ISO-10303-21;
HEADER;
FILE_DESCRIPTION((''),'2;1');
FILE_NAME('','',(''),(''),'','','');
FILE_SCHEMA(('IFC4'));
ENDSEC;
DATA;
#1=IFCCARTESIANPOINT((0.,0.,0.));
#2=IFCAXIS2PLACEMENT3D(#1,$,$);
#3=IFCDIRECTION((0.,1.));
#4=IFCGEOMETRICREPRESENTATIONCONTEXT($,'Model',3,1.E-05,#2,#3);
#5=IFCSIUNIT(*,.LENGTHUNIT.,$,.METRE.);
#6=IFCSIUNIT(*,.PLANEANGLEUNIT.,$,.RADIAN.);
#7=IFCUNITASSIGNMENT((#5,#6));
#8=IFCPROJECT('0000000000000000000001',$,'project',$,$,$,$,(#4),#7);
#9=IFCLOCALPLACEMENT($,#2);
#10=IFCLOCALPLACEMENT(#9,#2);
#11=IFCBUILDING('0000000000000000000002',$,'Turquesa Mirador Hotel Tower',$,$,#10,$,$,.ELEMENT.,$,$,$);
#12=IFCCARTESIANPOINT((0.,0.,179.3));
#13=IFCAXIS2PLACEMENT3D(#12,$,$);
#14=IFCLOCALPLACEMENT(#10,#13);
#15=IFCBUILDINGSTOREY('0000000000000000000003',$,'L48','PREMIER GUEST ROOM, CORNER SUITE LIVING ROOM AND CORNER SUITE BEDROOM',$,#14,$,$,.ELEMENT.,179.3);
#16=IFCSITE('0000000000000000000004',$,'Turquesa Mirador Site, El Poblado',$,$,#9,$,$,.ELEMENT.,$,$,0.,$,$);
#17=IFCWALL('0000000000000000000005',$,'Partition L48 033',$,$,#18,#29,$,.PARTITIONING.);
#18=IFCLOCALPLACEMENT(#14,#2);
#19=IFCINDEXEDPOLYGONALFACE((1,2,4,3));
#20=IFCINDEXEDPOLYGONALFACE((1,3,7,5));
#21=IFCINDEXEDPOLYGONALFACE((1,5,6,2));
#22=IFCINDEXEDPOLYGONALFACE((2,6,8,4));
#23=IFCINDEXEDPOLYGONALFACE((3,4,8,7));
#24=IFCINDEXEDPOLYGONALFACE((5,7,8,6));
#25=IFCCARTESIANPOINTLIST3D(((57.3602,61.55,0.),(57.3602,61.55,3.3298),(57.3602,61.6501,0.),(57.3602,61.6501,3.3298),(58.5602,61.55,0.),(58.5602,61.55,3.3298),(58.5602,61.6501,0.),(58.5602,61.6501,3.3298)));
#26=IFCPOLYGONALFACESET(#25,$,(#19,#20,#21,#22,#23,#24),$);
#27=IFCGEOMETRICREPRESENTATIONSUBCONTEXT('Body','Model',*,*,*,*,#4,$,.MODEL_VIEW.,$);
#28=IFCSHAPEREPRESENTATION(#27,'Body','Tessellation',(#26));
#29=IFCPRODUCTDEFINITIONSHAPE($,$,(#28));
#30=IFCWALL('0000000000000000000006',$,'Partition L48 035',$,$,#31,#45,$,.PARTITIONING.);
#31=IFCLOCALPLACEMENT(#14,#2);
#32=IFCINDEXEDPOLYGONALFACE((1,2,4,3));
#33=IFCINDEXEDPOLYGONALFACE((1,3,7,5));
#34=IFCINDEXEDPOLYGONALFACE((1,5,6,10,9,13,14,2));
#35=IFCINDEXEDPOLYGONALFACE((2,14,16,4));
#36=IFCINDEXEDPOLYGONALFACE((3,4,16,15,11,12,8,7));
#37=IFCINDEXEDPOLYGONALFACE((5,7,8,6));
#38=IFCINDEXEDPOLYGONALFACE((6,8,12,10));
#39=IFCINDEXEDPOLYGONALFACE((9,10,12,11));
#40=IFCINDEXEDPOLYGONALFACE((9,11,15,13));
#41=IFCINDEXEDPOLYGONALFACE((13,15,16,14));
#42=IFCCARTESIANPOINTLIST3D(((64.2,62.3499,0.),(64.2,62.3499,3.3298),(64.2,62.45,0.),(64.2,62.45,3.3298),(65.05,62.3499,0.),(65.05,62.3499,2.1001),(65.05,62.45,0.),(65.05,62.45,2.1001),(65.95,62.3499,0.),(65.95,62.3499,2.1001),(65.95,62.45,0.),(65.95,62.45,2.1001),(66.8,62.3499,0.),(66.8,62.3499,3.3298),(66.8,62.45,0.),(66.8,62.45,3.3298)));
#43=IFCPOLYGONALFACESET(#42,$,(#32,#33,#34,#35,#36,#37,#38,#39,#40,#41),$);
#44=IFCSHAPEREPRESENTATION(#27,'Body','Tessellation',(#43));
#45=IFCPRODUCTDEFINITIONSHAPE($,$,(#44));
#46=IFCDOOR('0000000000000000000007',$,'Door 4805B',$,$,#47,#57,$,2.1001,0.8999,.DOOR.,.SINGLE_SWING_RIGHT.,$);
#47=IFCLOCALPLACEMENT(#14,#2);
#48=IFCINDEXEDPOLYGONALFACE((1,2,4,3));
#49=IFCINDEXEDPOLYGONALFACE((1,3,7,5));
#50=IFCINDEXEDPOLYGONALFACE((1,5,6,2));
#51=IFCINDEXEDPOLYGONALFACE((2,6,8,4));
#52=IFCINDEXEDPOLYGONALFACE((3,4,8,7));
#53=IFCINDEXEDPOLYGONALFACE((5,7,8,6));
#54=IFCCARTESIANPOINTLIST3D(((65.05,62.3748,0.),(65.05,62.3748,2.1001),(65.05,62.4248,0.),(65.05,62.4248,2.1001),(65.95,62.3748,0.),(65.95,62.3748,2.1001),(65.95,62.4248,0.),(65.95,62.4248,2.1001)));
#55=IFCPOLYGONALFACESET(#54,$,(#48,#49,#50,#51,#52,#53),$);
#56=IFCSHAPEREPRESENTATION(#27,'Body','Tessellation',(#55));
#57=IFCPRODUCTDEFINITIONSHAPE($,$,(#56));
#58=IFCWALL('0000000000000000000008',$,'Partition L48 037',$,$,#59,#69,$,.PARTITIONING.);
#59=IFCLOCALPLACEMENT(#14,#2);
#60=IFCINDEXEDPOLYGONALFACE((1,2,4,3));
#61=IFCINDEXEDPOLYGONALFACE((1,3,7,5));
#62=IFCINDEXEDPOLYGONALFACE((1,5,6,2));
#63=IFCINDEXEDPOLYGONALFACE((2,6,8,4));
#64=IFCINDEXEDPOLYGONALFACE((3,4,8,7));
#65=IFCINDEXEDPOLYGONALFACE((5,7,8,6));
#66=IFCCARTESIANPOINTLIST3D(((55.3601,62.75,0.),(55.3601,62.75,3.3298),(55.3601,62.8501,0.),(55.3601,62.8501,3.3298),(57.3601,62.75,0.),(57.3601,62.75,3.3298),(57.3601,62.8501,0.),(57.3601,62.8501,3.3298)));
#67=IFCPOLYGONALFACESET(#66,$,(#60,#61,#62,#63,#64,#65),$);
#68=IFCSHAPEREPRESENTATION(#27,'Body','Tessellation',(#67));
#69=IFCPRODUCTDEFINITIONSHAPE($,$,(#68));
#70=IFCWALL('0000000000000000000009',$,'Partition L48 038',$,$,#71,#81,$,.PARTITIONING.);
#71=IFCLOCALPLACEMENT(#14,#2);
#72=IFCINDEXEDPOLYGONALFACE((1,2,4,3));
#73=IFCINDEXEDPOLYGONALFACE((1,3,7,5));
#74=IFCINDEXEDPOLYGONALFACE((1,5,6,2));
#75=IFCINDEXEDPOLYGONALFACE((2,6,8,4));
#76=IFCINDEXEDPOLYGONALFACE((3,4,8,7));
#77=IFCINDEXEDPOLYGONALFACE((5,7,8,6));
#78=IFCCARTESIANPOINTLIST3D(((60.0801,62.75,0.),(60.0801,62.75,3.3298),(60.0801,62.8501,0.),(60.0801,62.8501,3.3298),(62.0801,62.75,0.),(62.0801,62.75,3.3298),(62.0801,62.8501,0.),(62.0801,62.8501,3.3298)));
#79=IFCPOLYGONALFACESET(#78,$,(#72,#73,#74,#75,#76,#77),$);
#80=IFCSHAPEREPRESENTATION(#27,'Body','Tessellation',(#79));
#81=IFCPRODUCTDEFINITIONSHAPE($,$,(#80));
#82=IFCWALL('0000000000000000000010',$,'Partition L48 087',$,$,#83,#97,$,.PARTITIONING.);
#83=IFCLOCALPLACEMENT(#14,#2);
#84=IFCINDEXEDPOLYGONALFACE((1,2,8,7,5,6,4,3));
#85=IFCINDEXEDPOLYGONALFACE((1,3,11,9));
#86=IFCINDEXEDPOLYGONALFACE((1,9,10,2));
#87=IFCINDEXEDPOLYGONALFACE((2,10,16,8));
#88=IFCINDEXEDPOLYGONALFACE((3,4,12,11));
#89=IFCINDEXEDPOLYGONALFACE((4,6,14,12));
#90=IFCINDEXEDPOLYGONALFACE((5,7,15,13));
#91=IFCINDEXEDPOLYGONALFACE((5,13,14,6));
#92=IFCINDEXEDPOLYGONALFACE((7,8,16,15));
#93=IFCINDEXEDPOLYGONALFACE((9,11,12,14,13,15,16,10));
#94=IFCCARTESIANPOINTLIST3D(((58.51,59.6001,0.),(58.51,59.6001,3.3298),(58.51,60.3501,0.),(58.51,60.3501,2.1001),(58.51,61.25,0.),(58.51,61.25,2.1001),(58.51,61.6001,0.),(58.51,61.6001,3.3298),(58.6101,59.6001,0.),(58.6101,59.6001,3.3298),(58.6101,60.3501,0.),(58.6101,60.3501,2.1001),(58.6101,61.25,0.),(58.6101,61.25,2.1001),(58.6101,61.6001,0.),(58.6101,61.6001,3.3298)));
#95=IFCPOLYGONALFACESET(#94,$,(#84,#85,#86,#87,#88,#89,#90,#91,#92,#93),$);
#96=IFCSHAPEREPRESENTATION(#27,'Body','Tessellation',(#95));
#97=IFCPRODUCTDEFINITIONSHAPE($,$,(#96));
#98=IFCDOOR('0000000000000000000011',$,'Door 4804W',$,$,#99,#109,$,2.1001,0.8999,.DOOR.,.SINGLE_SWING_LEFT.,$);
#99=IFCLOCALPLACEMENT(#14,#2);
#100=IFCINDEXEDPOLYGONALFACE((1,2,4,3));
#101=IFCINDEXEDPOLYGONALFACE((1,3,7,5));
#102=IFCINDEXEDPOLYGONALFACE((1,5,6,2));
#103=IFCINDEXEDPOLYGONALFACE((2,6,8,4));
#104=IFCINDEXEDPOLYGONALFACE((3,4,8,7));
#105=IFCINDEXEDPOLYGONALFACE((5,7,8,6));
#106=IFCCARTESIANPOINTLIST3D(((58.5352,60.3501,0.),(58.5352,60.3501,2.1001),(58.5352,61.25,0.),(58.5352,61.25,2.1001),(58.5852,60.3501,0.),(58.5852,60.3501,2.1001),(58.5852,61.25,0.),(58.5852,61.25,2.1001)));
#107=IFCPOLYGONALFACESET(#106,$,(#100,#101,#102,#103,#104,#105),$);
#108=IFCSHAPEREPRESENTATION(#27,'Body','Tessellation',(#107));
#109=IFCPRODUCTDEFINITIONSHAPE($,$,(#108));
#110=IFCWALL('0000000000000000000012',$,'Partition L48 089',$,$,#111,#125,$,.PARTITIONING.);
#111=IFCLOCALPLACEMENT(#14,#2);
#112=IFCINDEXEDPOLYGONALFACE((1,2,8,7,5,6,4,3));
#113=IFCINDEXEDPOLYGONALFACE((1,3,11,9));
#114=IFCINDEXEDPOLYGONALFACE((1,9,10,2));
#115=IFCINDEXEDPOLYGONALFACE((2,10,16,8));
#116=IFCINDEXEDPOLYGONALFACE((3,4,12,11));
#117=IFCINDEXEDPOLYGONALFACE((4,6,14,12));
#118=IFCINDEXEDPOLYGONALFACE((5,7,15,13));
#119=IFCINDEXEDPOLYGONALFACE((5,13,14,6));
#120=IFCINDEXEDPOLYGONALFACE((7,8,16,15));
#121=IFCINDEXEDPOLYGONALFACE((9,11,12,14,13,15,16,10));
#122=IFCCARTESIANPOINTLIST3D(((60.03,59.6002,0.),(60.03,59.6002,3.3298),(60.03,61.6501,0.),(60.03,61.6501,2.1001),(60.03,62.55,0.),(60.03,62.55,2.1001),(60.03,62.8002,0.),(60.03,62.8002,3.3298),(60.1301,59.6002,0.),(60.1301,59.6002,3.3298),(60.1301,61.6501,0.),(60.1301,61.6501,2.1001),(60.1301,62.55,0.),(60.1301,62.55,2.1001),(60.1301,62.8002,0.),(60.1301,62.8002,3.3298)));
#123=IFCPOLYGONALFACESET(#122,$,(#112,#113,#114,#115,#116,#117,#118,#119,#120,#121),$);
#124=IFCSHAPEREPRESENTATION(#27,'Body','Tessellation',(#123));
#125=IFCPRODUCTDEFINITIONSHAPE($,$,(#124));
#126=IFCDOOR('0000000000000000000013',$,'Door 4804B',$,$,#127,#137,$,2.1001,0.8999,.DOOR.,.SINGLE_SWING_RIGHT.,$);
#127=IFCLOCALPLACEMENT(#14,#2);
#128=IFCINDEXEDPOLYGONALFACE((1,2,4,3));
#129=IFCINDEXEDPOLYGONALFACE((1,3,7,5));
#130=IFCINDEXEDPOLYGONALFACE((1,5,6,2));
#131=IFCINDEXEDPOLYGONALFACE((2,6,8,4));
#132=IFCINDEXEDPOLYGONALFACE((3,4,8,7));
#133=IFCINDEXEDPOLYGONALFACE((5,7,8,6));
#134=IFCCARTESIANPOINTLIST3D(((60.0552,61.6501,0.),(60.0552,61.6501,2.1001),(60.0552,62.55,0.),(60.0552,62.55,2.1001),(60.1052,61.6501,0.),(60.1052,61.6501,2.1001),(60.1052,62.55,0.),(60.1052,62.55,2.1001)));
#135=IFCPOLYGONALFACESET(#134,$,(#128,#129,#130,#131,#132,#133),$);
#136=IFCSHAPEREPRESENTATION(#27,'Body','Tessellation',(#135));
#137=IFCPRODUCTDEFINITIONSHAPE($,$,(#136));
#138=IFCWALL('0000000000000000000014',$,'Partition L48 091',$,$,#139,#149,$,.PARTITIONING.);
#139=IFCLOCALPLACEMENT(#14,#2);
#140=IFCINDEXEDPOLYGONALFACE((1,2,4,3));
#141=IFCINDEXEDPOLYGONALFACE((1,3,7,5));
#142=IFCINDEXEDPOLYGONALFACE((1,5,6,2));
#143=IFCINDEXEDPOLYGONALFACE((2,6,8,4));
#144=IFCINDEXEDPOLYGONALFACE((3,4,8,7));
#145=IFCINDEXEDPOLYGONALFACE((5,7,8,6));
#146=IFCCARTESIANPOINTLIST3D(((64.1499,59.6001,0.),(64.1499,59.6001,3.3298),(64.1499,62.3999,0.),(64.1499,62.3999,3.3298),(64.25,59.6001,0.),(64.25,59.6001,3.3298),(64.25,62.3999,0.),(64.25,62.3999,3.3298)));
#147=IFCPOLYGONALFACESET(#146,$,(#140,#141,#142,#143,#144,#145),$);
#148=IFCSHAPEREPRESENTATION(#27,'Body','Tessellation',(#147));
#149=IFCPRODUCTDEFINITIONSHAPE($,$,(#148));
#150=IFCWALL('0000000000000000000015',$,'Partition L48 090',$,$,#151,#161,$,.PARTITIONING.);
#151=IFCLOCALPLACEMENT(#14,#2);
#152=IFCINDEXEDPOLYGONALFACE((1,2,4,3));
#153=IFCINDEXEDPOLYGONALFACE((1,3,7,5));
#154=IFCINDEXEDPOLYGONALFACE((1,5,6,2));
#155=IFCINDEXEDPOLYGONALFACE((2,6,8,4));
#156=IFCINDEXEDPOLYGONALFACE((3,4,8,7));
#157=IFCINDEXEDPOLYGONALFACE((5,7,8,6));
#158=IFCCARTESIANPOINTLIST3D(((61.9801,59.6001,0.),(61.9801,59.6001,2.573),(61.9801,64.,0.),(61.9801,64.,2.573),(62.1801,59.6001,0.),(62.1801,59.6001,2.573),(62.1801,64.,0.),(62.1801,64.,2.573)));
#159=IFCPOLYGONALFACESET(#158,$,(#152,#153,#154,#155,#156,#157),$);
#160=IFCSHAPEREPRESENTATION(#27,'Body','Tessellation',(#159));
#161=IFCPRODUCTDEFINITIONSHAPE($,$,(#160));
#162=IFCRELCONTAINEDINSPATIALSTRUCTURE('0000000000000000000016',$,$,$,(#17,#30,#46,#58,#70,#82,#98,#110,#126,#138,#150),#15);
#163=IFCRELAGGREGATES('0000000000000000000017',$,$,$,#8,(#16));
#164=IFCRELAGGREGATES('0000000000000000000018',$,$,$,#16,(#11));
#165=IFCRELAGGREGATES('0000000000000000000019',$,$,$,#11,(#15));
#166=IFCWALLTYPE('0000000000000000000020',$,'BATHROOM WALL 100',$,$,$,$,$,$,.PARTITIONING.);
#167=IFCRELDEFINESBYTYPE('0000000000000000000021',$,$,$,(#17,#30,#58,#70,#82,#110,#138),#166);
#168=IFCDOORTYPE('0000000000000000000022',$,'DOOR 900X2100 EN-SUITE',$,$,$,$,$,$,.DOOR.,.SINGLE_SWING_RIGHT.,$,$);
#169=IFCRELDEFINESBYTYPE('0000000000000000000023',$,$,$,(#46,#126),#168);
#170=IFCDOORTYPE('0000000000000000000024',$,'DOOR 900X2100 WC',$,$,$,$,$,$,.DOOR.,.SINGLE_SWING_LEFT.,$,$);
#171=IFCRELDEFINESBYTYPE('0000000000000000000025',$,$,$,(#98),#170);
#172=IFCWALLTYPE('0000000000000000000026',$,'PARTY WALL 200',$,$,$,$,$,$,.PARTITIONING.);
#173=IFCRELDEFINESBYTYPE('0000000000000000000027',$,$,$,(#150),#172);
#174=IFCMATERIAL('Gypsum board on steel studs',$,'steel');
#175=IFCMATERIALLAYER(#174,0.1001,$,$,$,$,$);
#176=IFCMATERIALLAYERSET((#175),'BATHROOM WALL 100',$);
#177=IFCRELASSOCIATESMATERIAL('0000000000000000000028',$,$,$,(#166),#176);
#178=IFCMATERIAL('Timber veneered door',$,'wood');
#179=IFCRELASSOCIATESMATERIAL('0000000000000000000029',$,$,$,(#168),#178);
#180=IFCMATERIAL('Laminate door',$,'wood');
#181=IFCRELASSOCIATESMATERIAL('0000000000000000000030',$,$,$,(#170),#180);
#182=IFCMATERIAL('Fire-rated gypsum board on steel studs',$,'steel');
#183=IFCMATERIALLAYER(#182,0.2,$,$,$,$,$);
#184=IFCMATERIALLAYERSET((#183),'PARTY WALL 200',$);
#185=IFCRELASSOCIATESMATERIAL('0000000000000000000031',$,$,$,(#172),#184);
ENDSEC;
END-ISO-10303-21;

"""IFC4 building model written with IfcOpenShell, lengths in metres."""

from ifc_helpers import new_model, si_unit, direction, frame, frame_2d, origin, place, context, subcontext, project, spatial, rectangle, extrude, material, layer, layer_set, type_object, element, fill, save


model = new_model("IFC4")

# Units and contexts
model_context = context("Model", 3, precision=1e-05, world=origin(), true_north=direction((0.0, 1.0)))
body_context = subcontext(model_context, "Body", "Model", "MODEL_VIEW")
ifc_project = project(units=[si_unit("LENGTHUNIT", "METRE"), si_unit("PLANEANGLEUNIT", "RADIAN")], contexts=[model_context])

# Site, building, storey
site_placement = place(None, origin())
site = spatial("IfcSite", under=ifc_project, at=site_placement, Name="Turquesa Mirador Site, El Poblado", CompositionType="ELEMENT", RefElevation=0.0)
building_placement = place(site_placement, origin())
building = spatial("IfcBuilding", under=site, at=building_placement, Name="Turquesa Mirador Hotel Tower", CompositionType="ELEMENT")
storey_placement = place(building_placement, frame((0.0, 0.0, 179.3)))
storey = spatial("IfcBuildingStorey", under=building, at=storey_placement, Name="L48", Description="PREMIER GUEST ROOM, CORNER SUITE LIVING ROOM AND CORNER SUITE BEDROOM", CompositionType="ELEMENT", Elevation=179.3)

# Wall
ifc_material_1 = material(Name="Gypsum board on steel studs", Category="steel")
ifc_layer_1 = layer(ifc_material_1, 0.1001)
ifc_layer_set_1 = layer_set([ifc_layer_1], Name="BATHROOM WALL 100")
wall_type_1 = type_object("IfcWallType", Name="BATHROOM WALL 100", PredefinedType="PARTITIONING", material=ifc_layer_set_1)
wall_1_placement = place(storey_placement, frame((57.3601, 61.6001, 0.0), z_axis=(0.0, 0.0, 1.0), x_axis=(1.0, 0.0, 0.0)))
element("IfcWall", 1, at=wall_1_placement, inside=storey, type_object=wall_type_1, Name="Partition L48 033", PredefinedType="PARTITIONING", context=body_context, shape_type="SweptSolid", body=[
    extrude(rectangle(XDim=1.2, YDim=0.1001, at=frame_2d((0.6001, 0.0))), origin(), (0.0, 0.0, 1.0), 3.3298),
])

# Wall, opening, door
wall_2_placement = place(storey_placement, frame((64.2, 62.3999, 0.0), z_axis=(0.0, 0.0, 1.0), x_axis=(1.0, 0.0, 0.0)))
wall_2 = element("IfcWall", 2, at=wall_2_placement, inside=storey, type_object=wall_type_1, Name="Partition L48 035", PredefinedType="PARTITIONING", context=body_context, shape_type="SweptSolid", body=[
    extrude(rectangle(XDim=2.6001, YDim=0.1001, at=frame_2d((1.3, 0.0))), origin(), (0.0, 0.0, 1.0), 3.3298),
])
opening_1_placement = place(wall_2_placement, frame((0.8501, 0.0, 0.0)))
opening_1 = element("IfcOpeningElement", 3, at=opening_1_placement, cuts=wall_2, PredefinedType="OPENING", context=body_context, shape_type="SweptSolid", body=[
    extrude(rectangle(XDim=0.8999, YDim=2.1001, at=frame_2d((0.45, 1.05))), frame((0.0, 0.0601, 0.0), z_axis=(0.0, -1.0, 0.0), x_axis=(1.0, 0.0, 0.0)), (0.0, 0.0, 1.0), 0.1201),
])
ifc_material_2 = material(Name="Timber veneered door", Category="wood")
door_type_1 = type_object("IfcDoorType", Name="DOOR 900X2100 EN-SUITE", OperationType="SINGLE_SWING_RIGHT", PredefinedType="DOOR", material=ifc_material_2)
door_1_placement = place(opening_1_placement, origin())
door_1 = element("IfcDoor", 4, at=door_1_placement, inside=storey, type_object=door_type_1, Name="Door 4805B", OperationType="SINGLE_SWING_RIGHT", OverallHeight=2.1001, OverallWidth=0.8999, PredefinedType="DOOR", context=body_context, shape_type="SweptSolid", body=[
    extrude(rectangle(XDim=0.8999, YDim=2.1001, at=frame_2d((0.45, 1.05))), frame((0.0, 0.0249, 0.0), z_axis=(0.0, -1.0, 0.0), x_axis=(1.0, 0.0, 0.0)), (0.0, 0.0, 1.0), 0.05),
])
fill(opening_1, door_1)

# Walls
for number, where, z_axis, x_axis, name in (
    (5, (55.3601, 62.8, 0.0), (0.0, 0.0, 1.0), (1.0, 0.0, 0.0), "Partition L48 037"),
    (6, (60.0801, 62.8, 0.0), (0.0, 0.0, 1.0), (1.0, 0.0, 0.0), "Partition L48 038"),
):
    element("IfcWall", number, at=place(storey_placement, frame(where, z_axis=z_axis, x_axis=x_axis)), inside=storey, type_object=wall_type_1, Name=name, PredefinedType="PARTITIONING", context=body_context, shape_type="SweptSolid", body=[
        extrude(rectangle(XDim=2.0, YDim=0.1001, at=frame_2d((1.0, 0.0))), origin(), (0.0, 0.0, 1.0), 3.3298),
    ])

# Walls, openings, doors
wall_3_placement = place(storey_placement, frame((58.5601, 59.6001, 0.0), z_axis=(0.0, 0.0, 1.0), x_axis=(0.0, 1.0, 0.0)))
wall_3 = element("IfcWall", 7, at=wall_3_placement, inside=storey, type_object=wall_type_1, Name="Partition L48 087", PredefinedType="PARTITIONING", context=body_context, shape_type="SweptSolid", body=[
    extrude(rectangle(XDim=2.0, YDim=0.1001, at=frame_2d((1.0, 0.0))), origin(), (0.0, 0.0, 1.0), 3.3298),
])
opening_2_placement = place(wall_3_placement, frame((0.75, 0.0, 0.0)))
opening_2 = element("IfcOpeningElement", 8, at=opening_2_placement, cuts=wall_3, PredefinedType="OPENING", context=body_context, shape_type="SweptSolid", body=[
    extrude(rectangle(XDim=0.8999, YDim=2.1001, at=frame_2d((0.45, 1.05))), frame((0.0, 0.0601, 0.0), z_axis=(0.0, -1.0, 0.0), x_axis=(1.0, 0.0, 0.0)), (0.0, 0.0, 1.0), 0.1201),
])
ifc_material_3 = material(Name="Laminate door", Category="wood")
door_type_2 = type_object("IfcDoorType", Name="DOOR 900X2100 WC", OperationType="SINGLE_SWING_LEFT", PredefinedType="DOOR", material=ifc_material_3)
door_2_placement = place(opening_2_placement, origin())
door_2 = element("IfcDoor", 9, at=door_2_placement, inside=storey, type_object=door_type_2, Name="Door 4804W", OperationType="SINGLE_SWING_LEFT", OverallHeight=2.1001, OverallWidth=0.8999, PredefinedType="DOOR", context=body_context, shape_type="SweptSolid", body=[
    extrude(rectangle(XDim=0.8999, YDim=2.1001, at=frame_2d((0.45, 1.05))), frame((0.0, 0.0249, 0.0), z_axis=(0.0, -1.0, 0.0), x_axis=(1.0, 0.0, 0.0)), (0.0, 0.0, 1.0), 0.05),
])
fill(opening_2, door_2)
wall_4_placement = place(storey_placement, frame((60.0801, 59.6001, 0.0), z_axis=(0.0, 0.0, 1.0), x_axis=(0.0, 1.0, 0.0)))
wall_4 = element("IfcWall", 10, at=wall_4_placement, inside=storey, type_object=wall_type_1, Name="Partition L48 089", PredefinedType="PARTITIONING", context=body_context, shape_type="SweptSolid", body=[
    extrude(rectangle(XDim=3.2, YDim=0.1001, at=frame_2d((1.6001, 0.0))), origin(), (0.0, 0.0, 1.0), 3.3298),
])
opening_3_placement = place(wall_4_placement, frame((2.05, 0.0, 0.0)))
opening_3 = element("IfcOpeningElement", 11, at=opening_3_placement, cuts=wall_4, PredefinedType="OPENING", context=body_context, shape_type="SweptSolid", body=[
    extrude(rectangle(XDim=0.8999, YDim=2.1001, at=frame_2d((0.45, 1.05))), frame((0.0, 0.0601, 0.0), z_axis=(0.0, -1.0, 0.0), x_axis=(1.0, 0.0, 0.0)), (0.0, 0.0, 1.0), 0.1201),
])
door_3_placement = place(opening_3_placement, origin())
door_3 = element("IfcDoor", 12, at=door_3_placement, inside=storey, type_object=door_type_1, Name="Door 4804B", OperationType="SINGLE_SWING_RIGHT", OverallHeight=2.1001, OverallWidth=0.8999, PredefinedType="DOOR", context=body_context, shape_type="SweptSolid", body=[
    extrude(rectangle(XDim=0.8999, YDim=2.1001, at=frame_2d((0.45, 1.05))), frame((0.0, 0.0249, 0.0), z_axis=(0.0, -1.0, 0.0), x_axis=(1.0, 0.0, 0.0)), (0.0, 0.0, 1.0), 0.05),
])
fill(opening_3, door_3)

# Walls
wall_5_placement = place(storey_placement, frame((64.2, 59.6001, 0.0), z_axis=(0.0, 0.0, 1.0), x_axis=(0.0, 1.0, 0.0)))
element("IfcWall", 13, at=wall_5_placement, inside=storey, type_object=wall_type_1, Name="Partition L48 091", PredefinedType="PARTITIONING", context=body_context, shape_type="SweptSolid", body=[
    extrude(rectangle(XDim=2.7998, YDim=0.1001, at=frame_2d((1.3999, 0.0))), origin(), (0.0, 0.0, 1.0), 3.3298),
])
ifc_material_4 = material(Name="Fire-rated gypsum board on steel studs", Category="steel")
ifc_layer_2 = layer(ifc_material_4, 0.2)
ifc_layer_set_2 = layer_set([ifc_layer_2], Name="PARTY WALL 200")
wall_type_2 = type_object("IfcWallType", Name="PARTY WALL 200", PredefinedType="PARTITIONING", material=ifc_layer_set_2)
wall_6_placement = place(storey_placement, frame((62.0801, 59.6001, 0.0), z_axis=(0.0, 0.0, 1.0), x_axis=(0.0, 1.0, 0.0)))
element("IfcWall", 14, at=wall_6_placement, inside=storey, type_object=wall_type_2, Name="Partition L48 090", PredefinedType="PARTITIONING", context=body_context, shape_type="SweptSolid", body=[
    extrude(rectangle(XDim=4.3999, YDim=0.2, at=frame_2d((2.2, 0.0))), origin(), (0.0, 0.0, 1.0), 2.573),
])

save(model, "model.ifc")
